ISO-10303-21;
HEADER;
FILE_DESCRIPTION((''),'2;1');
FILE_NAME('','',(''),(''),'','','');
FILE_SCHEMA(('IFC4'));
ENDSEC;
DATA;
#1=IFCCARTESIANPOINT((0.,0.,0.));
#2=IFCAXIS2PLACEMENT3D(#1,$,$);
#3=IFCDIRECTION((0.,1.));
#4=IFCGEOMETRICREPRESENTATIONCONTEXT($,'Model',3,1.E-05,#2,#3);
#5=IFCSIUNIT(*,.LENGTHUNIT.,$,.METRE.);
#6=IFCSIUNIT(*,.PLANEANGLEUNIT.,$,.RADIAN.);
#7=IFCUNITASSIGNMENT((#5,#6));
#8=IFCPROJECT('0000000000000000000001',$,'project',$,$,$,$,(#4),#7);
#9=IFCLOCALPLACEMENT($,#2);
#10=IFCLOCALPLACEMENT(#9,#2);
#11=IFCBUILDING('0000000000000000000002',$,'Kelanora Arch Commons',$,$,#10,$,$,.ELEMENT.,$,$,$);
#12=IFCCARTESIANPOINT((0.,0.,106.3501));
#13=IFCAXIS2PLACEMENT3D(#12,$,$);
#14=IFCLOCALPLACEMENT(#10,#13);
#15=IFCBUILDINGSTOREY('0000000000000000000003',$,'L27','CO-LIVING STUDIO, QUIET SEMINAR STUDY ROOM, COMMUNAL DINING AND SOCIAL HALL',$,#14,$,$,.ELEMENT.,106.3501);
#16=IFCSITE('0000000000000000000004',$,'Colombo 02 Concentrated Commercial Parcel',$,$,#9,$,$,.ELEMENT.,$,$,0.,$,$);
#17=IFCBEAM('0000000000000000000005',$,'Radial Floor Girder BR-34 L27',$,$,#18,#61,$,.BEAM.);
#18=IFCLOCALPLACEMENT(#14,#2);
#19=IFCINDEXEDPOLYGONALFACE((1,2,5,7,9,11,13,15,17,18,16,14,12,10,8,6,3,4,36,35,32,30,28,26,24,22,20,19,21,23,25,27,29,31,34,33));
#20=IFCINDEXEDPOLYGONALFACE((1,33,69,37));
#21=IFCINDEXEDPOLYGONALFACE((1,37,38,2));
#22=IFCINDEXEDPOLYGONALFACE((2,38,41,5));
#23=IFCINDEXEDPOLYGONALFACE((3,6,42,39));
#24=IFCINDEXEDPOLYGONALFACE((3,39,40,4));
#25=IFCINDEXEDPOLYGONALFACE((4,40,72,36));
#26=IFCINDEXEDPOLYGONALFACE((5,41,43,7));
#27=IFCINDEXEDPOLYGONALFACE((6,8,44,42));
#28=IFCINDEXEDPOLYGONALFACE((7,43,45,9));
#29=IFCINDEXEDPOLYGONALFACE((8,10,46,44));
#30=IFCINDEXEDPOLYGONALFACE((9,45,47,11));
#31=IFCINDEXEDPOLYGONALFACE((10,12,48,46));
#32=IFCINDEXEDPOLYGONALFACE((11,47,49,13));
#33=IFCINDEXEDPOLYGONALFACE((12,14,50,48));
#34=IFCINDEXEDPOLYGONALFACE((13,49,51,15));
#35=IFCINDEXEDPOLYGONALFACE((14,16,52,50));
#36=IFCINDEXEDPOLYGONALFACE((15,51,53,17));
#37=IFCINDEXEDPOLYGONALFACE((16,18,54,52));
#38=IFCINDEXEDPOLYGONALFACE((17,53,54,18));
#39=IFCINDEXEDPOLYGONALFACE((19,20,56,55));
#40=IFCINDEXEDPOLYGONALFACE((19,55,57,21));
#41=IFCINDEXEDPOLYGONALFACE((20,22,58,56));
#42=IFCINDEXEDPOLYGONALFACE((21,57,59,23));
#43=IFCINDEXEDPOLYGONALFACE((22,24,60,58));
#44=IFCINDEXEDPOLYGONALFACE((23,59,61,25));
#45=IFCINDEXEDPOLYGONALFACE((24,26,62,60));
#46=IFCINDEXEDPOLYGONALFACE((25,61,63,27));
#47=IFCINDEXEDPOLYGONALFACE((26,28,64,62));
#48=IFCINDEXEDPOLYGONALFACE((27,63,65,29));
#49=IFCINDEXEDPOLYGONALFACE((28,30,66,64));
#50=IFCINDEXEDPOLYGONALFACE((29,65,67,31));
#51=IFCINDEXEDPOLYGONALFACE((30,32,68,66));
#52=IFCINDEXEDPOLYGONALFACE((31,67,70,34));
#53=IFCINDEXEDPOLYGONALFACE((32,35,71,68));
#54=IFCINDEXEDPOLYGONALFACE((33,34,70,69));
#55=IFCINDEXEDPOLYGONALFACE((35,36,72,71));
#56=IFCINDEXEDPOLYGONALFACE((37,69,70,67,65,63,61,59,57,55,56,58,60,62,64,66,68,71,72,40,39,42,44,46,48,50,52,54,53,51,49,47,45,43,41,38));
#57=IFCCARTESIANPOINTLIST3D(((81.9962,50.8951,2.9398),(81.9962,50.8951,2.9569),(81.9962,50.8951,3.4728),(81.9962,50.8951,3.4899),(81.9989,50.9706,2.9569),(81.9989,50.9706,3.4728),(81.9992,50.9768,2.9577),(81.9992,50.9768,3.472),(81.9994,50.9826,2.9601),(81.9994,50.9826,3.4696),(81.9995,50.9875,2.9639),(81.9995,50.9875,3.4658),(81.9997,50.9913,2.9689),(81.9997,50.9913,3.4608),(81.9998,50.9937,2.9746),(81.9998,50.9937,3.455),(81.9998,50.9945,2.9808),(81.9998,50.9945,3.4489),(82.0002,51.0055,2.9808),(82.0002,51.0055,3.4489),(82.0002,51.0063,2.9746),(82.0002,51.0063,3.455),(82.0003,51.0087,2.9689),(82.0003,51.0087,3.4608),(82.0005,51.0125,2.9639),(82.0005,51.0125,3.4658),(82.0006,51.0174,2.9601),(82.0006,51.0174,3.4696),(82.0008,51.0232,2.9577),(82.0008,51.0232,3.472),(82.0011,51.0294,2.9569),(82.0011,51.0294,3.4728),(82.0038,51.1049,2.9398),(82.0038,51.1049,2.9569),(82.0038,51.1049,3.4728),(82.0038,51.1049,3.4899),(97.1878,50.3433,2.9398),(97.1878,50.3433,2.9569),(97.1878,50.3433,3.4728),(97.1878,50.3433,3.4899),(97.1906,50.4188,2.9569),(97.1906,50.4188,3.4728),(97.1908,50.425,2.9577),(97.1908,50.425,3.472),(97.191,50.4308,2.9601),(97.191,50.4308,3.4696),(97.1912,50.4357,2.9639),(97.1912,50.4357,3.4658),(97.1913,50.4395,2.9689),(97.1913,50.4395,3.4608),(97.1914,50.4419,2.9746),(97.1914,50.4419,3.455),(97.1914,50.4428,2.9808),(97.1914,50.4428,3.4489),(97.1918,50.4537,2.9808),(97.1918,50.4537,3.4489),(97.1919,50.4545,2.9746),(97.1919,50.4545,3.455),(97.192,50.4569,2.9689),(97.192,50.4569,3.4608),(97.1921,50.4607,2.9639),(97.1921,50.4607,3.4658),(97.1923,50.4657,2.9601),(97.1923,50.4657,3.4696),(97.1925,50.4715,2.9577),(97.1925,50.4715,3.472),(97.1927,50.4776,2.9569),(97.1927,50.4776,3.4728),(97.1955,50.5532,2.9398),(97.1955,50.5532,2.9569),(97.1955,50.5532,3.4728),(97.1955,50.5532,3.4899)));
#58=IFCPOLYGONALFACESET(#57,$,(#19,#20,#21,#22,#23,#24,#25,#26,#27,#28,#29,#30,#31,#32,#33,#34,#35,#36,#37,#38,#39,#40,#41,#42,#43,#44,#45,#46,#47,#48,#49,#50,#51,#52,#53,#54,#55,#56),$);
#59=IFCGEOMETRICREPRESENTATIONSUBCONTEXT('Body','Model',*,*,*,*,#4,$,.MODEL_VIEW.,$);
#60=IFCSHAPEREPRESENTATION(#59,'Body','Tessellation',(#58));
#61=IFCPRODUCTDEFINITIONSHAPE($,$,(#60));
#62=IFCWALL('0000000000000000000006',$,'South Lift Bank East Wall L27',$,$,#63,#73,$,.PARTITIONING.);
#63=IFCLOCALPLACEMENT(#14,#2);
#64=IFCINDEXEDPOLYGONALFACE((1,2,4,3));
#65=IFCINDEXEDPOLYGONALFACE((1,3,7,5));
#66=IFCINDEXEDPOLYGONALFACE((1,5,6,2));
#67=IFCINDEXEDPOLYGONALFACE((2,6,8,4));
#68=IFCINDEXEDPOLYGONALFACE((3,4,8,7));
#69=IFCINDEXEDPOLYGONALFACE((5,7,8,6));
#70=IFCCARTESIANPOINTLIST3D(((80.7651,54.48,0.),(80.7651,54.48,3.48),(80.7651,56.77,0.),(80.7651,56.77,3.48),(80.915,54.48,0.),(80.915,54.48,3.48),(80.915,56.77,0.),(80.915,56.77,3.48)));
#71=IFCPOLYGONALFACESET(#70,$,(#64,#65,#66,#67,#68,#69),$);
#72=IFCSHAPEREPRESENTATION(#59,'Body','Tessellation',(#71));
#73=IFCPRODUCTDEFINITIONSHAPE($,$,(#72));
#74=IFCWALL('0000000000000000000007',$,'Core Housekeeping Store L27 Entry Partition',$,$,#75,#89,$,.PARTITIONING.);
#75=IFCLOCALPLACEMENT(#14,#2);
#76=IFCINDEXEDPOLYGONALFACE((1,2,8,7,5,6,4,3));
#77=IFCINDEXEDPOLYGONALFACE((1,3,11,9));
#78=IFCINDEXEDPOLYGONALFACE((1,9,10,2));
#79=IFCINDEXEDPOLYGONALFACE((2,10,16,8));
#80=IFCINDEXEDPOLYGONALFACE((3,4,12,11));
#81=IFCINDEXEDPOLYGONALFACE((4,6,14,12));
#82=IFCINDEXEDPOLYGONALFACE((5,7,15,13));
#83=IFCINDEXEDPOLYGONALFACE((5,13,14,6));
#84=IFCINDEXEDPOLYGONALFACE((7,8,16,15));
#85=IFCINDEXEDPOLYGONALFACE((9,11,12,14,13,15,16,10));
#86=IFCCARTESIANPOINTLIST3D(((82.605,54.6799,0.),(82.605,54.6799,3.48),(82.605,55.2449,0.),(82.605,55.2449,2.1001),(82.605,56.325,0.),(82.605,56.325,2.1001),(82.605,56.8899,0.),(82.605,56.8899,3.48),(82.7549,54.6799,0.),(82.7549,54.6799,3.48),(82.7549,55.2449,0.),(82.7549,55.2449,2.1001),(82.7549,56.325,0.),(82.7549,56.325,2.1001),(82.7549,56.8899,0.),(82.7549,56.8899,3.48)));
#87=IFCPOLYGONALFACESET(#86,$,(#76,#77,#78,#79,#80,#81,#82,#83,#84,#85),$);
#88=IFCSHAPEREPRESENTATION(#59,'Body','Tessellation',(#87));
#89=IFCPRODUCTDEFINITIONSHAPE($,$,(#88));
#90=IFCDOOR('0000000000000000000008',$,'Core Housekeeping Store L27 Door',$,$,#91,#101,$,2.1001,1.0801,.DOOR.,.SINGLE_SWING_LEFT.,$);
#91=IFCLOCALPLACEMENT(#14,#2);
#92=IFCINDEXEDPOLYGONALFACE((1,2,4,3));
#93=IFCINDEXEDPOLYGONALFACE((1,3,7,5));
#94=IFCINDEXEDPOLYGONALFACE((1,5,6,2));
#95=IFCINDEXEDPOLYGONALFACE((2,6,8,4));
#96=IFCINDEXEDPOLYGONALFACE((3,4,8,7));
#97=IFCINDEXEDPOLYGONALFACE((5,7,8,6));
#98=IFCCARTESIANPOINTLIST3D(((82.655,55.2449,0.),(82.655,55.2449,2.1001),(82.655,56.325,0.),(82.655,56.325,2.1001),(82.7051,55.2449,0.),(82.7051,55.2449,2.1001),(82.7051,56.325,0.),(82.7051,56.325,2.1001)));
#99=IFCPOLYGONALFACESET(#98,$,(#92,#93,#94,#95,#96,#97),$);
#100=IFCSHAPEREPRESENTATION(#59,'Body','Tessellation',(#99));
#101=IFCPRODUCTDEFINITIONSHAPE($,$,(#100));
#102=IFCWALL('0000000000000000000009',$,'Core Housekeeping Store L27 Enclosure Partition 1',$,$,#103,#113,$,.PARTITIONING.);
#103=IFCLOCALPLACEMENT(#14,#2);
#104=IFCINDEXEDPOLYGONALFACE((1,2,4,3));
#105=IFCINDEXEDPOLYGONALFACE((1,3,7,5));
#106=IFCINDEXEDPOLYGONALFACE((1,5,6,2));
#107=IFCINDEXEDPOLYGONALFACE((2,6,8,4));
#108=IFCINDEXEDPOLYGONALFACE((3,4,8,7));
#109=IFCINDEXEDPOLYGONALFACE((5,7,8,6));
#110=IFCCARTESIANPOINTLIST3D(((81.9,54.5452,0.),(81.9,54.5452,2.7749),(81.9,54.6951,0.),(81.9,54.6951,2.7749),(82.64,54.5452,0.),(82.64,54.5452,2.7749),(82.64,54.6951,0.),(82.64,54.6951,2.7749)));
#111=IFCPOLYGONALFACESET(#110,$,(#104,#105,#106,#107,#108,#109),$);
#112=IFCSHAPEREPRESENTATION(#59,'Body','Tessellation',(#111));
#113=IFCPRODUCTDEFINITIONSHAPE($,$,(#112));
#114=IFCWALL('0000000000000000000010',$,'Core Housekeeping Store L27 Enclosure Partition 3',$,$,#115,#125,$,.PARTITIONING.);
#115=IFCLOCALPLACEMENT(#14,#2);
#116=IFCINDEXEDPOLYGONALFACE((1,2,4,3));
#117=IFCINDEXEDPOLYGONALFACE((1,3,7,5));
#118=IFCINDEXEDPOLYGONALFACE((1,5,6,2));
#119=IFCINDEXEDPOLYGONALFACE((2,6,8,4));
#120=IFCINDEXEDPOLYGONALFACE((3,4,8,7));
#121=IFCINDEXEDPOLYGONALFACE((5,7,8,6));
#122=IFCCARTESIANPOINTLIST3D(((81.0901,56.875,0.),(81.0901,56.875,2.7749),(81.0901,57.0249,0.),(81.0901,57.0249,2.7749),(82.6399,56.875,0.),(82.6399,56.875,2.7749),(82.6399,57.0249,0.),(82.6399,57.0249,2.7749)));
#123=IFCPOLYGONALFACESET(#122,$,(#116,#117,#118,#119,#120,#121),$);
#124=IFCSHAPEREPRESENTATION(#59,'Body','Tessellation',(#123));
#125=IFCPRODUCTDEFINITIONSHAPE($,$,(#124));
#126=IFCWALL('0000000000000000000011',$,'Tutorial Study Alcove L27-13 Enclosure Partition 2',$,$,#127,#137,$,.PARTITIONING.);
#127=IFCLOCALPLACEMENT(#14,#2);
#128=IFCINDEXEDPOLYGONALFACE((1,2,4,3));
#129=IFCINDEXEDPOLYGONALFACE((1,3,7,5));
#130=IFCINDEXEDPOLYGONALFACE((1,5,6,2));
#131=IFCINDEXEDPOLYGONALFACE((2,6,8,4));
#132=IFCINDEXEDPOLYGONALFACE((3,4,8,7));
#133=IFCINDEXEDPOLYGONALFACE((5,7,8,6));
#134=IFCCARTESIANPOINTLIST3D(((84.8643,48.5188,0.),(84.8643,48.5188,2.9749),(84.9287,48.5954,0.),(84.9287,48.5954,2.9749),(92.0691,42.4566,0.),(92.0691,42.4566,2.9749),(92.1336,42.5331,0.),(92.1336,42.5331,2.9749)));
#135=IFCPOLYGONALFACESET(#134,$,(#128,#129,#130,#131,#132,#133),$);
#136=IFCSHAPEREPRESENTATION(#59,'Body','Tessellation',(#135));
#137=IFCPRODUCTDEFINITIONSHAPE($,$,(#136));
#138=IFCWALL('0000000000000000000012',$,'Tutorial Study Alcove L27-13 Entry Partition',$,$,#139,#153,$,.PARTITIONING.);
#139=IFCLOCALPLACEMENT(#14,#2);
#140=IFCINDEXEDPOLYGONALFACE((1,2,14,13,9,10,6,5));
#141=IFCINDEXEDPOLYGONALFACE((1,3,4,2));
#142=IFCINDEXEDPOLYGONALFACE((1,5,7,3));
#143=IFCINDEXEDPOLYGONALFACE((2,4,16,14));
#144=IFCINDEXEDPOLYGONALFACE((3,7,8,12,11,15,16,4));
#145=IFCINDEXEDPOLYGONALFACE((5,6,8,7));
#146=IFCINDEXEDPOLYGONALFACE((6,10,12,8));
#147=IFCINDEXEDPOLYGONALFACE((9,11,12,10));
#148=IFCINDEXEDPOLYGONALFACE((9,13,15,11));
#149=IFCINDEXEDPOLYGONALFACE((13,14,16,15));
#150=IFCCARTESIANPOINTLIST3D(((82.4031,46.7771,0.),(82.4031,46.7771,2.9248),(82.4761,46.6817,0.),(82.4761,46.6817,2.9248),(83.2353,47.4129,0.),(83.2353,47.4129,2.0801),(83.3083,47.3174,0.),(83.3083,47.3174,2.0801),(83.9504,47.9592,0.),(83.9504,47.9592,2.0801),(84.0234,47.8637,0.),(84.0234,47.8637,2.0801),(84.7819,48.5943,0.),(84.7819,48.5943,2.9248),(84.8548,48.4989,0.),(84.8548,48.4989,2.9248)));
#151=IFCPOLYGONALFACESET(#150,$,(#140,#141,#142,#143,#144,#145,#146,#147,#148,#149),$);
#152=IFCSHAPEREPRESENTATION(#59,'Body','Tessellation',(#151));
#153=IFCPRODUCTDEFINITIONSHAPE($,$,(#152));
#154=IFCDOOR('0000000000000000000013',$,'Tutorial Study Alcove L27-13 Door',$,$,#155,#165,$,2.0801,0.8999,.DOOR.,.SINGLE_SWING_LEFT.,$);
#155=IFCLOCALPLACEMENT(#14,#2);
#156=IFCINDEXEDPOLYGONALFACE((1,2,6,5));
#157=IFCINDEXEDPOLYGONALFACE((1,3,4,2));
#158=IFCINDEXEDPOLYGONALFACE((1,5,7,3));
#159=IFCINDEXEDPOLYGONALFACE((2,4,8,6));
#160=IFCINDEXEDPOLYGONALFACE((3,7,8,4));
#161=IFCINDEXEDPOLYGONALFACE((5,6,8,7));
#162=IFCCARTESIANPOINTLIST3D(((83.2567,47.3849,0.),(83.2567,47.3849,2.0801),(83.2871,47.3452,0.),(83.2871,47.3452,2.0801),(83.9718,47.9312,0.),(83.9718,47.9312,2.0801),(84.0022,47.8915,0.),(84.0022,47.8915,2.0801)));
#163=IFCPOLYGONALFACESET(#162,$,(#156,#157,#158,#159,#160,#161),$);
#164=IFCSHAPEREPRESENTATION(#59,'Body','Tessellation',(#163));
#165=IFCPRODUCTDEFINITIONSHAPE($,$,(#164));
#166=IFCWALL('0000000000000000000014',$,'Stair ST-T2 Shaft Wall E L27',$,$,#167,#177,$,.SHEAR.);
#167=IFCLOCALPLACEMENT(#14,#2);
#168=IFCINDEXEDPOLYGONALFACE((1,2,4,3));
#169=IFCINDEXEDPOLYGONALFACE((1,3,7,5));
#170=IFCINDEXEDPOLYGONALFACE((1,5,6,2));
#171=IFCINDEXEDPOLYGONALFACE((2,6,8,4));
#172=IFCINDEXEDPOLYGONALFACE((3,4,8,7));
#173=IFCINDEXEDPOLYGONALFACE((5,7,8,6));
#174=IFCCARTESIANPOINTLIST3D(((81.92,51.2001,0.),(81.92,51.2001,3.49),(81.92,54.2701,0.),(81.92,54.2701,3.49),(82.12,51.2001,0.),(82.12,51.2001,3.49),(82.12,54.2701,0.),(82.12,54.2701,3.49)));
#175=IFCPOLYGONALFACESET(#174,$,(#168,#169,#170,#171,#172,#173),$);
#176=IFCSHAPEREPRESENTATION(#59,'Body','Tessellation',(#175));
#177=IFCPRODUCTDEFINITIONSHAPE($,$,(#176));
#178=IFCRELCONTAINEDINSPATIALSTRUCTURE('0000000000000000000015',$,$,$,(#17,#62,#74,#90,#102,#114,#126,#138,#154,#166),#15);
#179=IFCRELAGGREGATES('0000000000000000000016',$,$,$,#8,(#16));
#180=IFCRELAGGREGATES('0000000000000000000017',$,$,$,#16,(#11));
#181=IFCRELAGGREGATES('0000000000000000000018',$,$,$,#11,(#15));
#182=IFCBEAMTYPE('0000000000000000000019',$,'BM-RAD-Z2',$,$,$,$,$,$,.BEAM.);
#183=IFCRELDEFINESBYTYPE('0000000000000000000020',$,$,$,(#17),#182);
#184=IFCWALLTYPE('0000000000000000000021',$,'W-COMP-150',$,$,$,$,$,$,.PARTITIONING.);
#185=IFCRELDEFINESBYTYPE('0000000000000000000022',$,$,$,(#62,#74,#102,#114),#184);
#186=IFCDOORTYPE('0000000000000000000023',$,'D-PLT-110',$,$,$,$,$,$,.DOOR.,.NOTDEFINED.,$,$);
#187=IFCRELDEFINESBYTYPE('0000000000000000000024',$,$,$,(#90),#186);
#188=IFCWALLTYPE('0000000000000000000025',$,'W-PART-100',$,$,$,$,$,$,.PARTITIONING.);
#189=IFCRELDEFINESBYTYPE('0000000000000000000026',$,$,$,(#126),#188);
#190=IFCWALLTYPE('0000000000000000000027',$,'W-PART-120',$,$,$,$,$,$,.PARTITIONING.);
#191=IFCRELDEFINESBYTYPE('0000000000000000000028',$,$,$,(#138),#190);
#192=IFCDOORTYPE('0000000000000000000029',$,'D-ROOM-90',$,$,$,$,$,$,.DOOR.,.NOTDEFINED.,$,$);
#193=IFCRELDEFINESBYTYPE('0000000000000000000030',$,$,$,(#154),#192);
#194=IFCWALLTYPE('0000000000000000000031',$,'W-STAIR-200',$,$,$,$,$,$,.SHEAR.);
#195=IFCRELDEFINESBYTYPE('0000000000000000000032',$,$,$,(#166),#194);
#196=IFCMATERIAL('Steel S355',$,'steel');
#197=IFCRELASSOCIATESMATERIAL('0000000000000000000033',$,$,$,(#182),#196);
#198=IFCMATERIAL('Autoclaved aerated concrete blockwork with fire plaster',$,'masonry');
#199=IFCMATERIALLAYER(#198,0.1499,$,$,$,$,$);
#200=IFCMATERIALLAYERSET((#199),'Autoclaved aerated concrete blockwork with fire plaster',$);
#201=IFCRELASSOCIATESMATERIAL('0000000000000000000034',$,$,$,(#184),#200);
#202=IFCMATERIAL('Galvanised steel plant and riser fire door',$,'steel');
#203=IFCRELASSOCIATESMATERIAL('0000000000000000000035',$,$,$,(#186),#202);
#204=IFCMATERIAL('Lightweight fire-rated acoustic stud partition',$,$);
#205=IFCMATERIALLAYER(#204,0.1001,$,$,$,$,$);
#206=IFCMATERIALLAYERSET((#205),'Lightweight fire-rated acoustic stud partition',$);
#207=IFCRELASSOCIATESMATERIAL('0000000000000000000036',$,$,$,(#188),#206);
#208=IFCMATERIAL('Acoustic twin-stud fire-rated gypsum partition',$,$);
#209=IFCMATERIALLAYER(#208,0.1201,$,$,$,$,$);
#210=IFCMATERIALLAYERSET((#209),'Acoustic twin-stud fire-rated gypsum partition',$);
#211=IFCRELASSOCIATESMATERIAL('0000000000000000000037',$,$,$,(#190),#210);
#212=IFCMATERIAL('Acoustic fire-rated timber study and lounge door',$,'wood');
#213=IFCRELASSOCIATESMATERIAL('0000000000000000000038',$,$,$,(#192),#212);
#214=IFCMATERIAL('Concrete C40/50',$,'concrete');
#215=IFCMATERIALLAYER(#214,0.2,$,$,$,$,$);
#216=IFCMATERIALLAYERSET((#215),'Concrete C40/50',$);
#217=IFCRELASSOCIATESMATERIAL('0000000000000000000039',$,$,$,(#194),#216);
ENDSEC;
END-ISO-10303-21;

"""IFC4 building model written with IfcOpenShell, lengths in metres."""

from ifc_helpers import new_model, si_unit, direction, frame, frame_2d, origin, origin_2d, place, context, subcontext, project, spatial, rectangle, i_section, extrude, material, layer, layer_set, material_profile, profile_set, type_object, element, fill, save


model = new_model("IFC4")

# Units and contexts
model_context = context("Model", 3, precision=1e-05, world=origin(), true_north=direction((0.0, 1.0)))
body_context = subcontext(model_context, "Body", "Model", "MODEL_VIEW")
ifc_project = project(units=[si_unit("LENGTHUNIT", "METRE"), si_unit("PLANEANGLEUNIT", "RADIAN")], contexts=[model_context])

# Site, building, storey
site_placement = place(None, origin())
site = spatial("IfcSite", under=ifc_project, at=site_placement, Name="Colombo 02 Concentrated Commercial Parcel", CompositionType="ELEMENT", RefElevation=0.0)
building_placement = place(site_placement, origin())
building = spatial("IfcBuilding", under=site, at=building_placement, Name="Kelanora Arch Commons", CompositionType="ELEMENT")
storey_placement = place(building_placement, frame((0.0, 0.0, 106.3501)))
storey = spatial("IfcBuildingStorey", under=building, at=storey_placement, Name="L27", Description="CO-LIVING STUDIO, QUIET SEMINAR STUDY ROOM, COMMUNAL DINING AND SOCIAL HALL", CompositionType="ELEMENT", Elevation=106.3501)

# Beam
ifc_material_1 = material(Name="Steel S355", Category="steel")
ifc_material_profile_1 = material_profile(ifc_material_1, i_section(OverallWidth=0.21, OverallDepth=0.55, WebThickness=0.011, FlangeThickness=0.0171, FilletRadius=0.0239, at=origin_2d()), Name="IPE550")
ifc_profile_set_1 = profile_set([ifc_material_profile_1], Name="Steel S355")
beam_type_1 = type_object("IfcBeamType", Name="BM-RAD-Z2", PredefinedType="BEAM", material=ifc_profile_set_1)
beam_1_placement = place(storey_placement, frame((82.0, 51.0, 3.2148), z_axis=(0.999341, -0.036296, 0.0), x_axis=(0.036296, 0.999341, 0.0)))
element("IfcBeam", 1, at=beam_1_placement, inside=storey, type_object=beam_type_1, Name="Radial Floor Girder BR-34 L27", PredefinedType="BEAM", context=body_context, shape_type="SweptSolid", body=[
    extrude(i_section(OverallWidth=0.21, OverallDepth=0.55, WebThickness=0.011, FlangeThickness=0.0171, FilletRadius=0.0239, at=origin_2d()), origin(), (0.0, 0.0, 1.0), 15.2017),
])

# Wall
ifc_material_2 = material(Name="Autoclaved aerated concrete blockwork with fire plaster", Category="masonry")
ifc_layer_1 = layer(ifc_material_2, 0.1499)
ifc_layer_set_1 = layer_set([ifc_layer_1], Name="Autoclaved aerated concrete blockwork with fire plaster")
wall_type_1 = type_object("IfcWallType", Name="W-COMP-150", PredefinedType="PARTITIONING", material=ifc_layer_set_1)
wall_1_placement = place(storey_placement, frame((80.8401, 54.48, 0.0), z_axis=(0.0, 0.0, 1.0), x_axis=(0.0, 1.0, 0.0)))
element("IfcWall", 2, at=wall_1_placement, inside=storey, type_object=wall_type_1, Name="South Lift Bank East Wall L27", PredefinedType="PARTITIONING", context=body_context, shape_type="SweptSolid", body=[
    extrude(rectangle(XDim=2.29, YDim=0.1499, at=frame_2d((1.145, 0.0))), origin(), (0.0, 0.0, 1.0), 3.48),
])

# Wall, opening, door
wall_2_placement = place(storey_placement, frame((82.6799, 54.6799, 0.0), z_axis=(0.0, 0.0, 1.0), x_axis=(0.0, 1.0, 0.0)))
wall_2 = element("IfcWall", 3, at=wall_2_placement, inside=storey, type_object=wall_type_1, Name="Core Housekeeping Store L27 Entry Partition", PredefinedType="PARTITIONING", context=body_context, shape_type="SweptSolid", body=[
    extrude(rectangle(XDim=2.21, YDim=0.1499, at=frame_2d((1.105, 0.0))), origin(), (0.0, 0.0, 1.0), 3.48),
])
opening_1_placement = place(wall_2_placement, frame((0.5649, 0.0, 0.0)))
opening_1 = element("IfcOpeningElement", 4, at=opening_1_placement, cuts=wall_2, PredefinedType="OPENING", context=body_context, shape_type="SweptSolid", body=[
    extrude(rectangle(XDim=1.0801, YDim=2.1001, at=frame_2d((0.54, 1.05))), frame((0.0, 0.085, 0.0), z_axis=(0.0, -1.0, 0.0), x_axis=(1.0, 0.0, 0.0)), (0.0, 0.0, 1.0), 0.1699),
])
ifc_material_3 = material(Name="Galvanised steel plant and riser fire door", Category="steel")
door_type_1 = type_object("IfcDoorType", Name="D-PLT-110", OperationType="NOTDEFINED", PredefinedType="DOOR", material=ifc_material_3)
door_1_placement = place(opening_1_placement, origin())
door_1 = element("IfcDoor", 5, at=door_1_placement, inside=storey, type_object=door_type_1, Name="Core Housekeeping Store L27 Door", OperationType="SINGLE_SWING_LEFT", OverallHeight=2.1001, OverallWidth=1.0801, PredefinedType="DOOR", context=body_context, shape_type="SweptSolid", body=[
    extrude(rectangle(XDim=1.0801, YDim=2.1001, at=frame_2d((0.54, 1.05))), frame((0.0, 0.0249, 0.0), z_axis=(0.0, -1.0, 0.0), x_axis=(1.0, 0.0, 0.0)), (0.0, 0.0, 1.0), 0.05),
])
fill(opening_1, door_1)

# Walls
wall_3_placement = place(storey_placement, frame((81.8999, 54.6201, 0.0), z_axis=(0.0, 0.0, 1.0), x_axis=(1.0, 0.0, 0.0)))
element("IfcWall", 6, at=wall_3_placement, inside=storey, type_object=wall_type_1, Name="Core Housekeeping Store L27 Enclosure Partition 1", PredefinedType="PARTITIONING", context=body_context, shape_type="SweptSolid", body=[
    extrude(rectangle(XDim=0.74, YDim=0.1499, at=frame_2d((0.3701, 0.0))), origin(), (0.0, 0.0, 1.0), 2.7749),
])
wall_4_placement = place(storey_placement, frame((82.6399, 56.95, 0.0), z_axis=(0.0, 0.0, 1.0), x_axis=(-1.0, 0.0, 0.0)))
element("IfcWall", 7, at=wall_4_placement, inside=storey, type_object=wall_type_1, Name="Core Housekeeping Store L27 Enclosure Partition 3", PredefinedType="PARTITIONING", context=body_context, shape_type="SweptSolid", body=[
    extrude(rectangle(XDim=1.5498, YDim=0.1499, at=frame_2d((0.7749, 0.0))), origin(), (0.0, 0.0, 1.0), 2.7749),
])
ifc_material_4 = material(Name="Lightweight fire-rated acoustic stud partition")
ifc_layer_2 = layer(ifc_material_4, 0.1001)
ifc_layer_set_2 = layer_set([ifc_layer_2], Name="Lightweight fire-rated acoustic stud partition")
wall_type_2 = type_object("IfcWallType", Name="W-PART-100", PredefinedType="PARTITIONING", material=ifc_layer_set_2)
wall_5_placement = place(storey_placement, frame((84.8965, 48.5571, 0.0), z_axis=(0.0, 0.0, 1.0), x_axis=(0.765171, -0.643827, 0.0)))
element("IfcWall", 8, at=wall_5_placement, inside=storey, type_object=wall_type_2, Name="Tutorial Study Alcove L27-13 Enclosure Partition 2", PredefinedType="PARTITIONING", context=body_context, shape_type="SweptSolid", body=[
    extrude(rectangle(XDim=9.416, YDim=0.1001, at=frame_2d((4.708, 0.0))), origin(), (0.0, 0.0, 1.0), 2.9749),
])

# Wall, opening, door
ifc_material_5 = material(Name="Acoustic twin-stud fire-rated gypsum partition")
ifc_layer_3 = layer(ifc_material_5, 0.1201)
ifc_layer_set_3 = layer_set([ifc_layer_3], Name="Acoustic twin-stud fire-rated gypsum partition")
wall_type_3 = type_object("IfcWallType", Name="W-PART-120", PredefinedType="PARTITIONING", material=ifc_layer_set_3)
wall_6_placement = place(storey_placement, frame((82.4397, 46.7295, 0.0), z_axis=(0.0, 0.0, 1.0), x_axis=(0.794654, 0.607063, 0.0)))
wall_6 = element("IfcWall", 9, at=wall_6_placement, inside=storey, type_object=wall_type_3, Name="Tutorial Study Alcove L27-13 Entry Partition", PredefinedType="PARTITIONING", context=body_context, shape_type="SweptSolid", body=[
    extrude(rectangle(XDim=2.9934, YDim=0.1201, at=frame_2d((1.4966, 0.0))), origin(), (0.0, 0.0, 1.0), 2.9248),
])
opening_2_placement = place(wall_6_placement, frame((1.0471, 0.0, 0.0)))
opening_2 = element("IfcOpeningElement", 10, at=opening_2_placement, cuts=wall_6, PredefinedType="OPENING", context=body_context, shape_type="SweptSolid", body=[
    extrude(rectangle(XDim=0.8999, YDim=2.0801, at=frame_2d((0.45, 1.04))), frame((0.0, 0.0701, 0.0), z_axis=(0.0, -1.0, 0.0), x_axis=(1.0, 0.0, 0.0)), (0.0, 0.0, 1.0), 0.1401),
])
ifc_material_6 = material(Name="Acoustic fire-rated timber study and lounge door", Category="wood")
door_type_2 = type_object("IfcDoorType", Name="D-ROOM-90", OperationType="NOTDEFINED", PredefinedType="DOOR", material=ifc_material_6)
door_2_placement = place(opening_2_placement, origin())
door_2 = element("IfcDoor", 11, at=door_2_placement, inside=storey, type_object=door_type_2, Name="Tutorial Study Alcove L27-13 Door", OperationType="SINGLE_SWING_LEFT", OverallHeight=2.0801, OverallWidth=0.8999, PredefinedType="DOOR", context=body_context, shape_type="SweptSolid", body=[
    extrude(rectangle(XDim=0.8999, YDim=2.0801, at=frame_2d((0.45, 1.04))), frame((0.0, 0.0249, 0.0), z_axis=(0.0, -1.0, 0.0), x_axis=(1.0, 0.0, 0.0)), (0.0, 0.0, 1.0), 0.05),
])
fill(opening_2, door_2)

# Wall
ifc_material_7 = material(Name="Concrete C40/50", Category="concrete")
ifc_layer_4 = layer(ifc_material_7, 0.2)
ifc_layer_set_4 = layer_set([ifc_layer_4], Name="Concrete C40/50")
wall_type_4 = type_object("IfcWallType", Name="W-STAIR-200", PredefinedType="SHEAR", material=ifc_layer_set_4)
wall_7_placement = place(storey_placement, frame((82.02, 51.2, 0.0), z_axis=(0.0, 0.0, 1.0), x_axis=(0.0, 1.0, 0.0)))
element("IfcWall", 12, at=wall_7_placement, inside=storey, type_object=wall_type_4, Name="Stair ST-T2 Shaft Wall E L27", PredefinedType="SHEAR", context=body_context, shape_type="SweptSolid", body=[
    extrude(rectangle(XDim=3.0701, YDim=0.2, at=frame_2d((1.5352, 0.0))), origin(), (0.0, 0.0, 1.0), 3.49),
])

save(model, "model.ifc")
